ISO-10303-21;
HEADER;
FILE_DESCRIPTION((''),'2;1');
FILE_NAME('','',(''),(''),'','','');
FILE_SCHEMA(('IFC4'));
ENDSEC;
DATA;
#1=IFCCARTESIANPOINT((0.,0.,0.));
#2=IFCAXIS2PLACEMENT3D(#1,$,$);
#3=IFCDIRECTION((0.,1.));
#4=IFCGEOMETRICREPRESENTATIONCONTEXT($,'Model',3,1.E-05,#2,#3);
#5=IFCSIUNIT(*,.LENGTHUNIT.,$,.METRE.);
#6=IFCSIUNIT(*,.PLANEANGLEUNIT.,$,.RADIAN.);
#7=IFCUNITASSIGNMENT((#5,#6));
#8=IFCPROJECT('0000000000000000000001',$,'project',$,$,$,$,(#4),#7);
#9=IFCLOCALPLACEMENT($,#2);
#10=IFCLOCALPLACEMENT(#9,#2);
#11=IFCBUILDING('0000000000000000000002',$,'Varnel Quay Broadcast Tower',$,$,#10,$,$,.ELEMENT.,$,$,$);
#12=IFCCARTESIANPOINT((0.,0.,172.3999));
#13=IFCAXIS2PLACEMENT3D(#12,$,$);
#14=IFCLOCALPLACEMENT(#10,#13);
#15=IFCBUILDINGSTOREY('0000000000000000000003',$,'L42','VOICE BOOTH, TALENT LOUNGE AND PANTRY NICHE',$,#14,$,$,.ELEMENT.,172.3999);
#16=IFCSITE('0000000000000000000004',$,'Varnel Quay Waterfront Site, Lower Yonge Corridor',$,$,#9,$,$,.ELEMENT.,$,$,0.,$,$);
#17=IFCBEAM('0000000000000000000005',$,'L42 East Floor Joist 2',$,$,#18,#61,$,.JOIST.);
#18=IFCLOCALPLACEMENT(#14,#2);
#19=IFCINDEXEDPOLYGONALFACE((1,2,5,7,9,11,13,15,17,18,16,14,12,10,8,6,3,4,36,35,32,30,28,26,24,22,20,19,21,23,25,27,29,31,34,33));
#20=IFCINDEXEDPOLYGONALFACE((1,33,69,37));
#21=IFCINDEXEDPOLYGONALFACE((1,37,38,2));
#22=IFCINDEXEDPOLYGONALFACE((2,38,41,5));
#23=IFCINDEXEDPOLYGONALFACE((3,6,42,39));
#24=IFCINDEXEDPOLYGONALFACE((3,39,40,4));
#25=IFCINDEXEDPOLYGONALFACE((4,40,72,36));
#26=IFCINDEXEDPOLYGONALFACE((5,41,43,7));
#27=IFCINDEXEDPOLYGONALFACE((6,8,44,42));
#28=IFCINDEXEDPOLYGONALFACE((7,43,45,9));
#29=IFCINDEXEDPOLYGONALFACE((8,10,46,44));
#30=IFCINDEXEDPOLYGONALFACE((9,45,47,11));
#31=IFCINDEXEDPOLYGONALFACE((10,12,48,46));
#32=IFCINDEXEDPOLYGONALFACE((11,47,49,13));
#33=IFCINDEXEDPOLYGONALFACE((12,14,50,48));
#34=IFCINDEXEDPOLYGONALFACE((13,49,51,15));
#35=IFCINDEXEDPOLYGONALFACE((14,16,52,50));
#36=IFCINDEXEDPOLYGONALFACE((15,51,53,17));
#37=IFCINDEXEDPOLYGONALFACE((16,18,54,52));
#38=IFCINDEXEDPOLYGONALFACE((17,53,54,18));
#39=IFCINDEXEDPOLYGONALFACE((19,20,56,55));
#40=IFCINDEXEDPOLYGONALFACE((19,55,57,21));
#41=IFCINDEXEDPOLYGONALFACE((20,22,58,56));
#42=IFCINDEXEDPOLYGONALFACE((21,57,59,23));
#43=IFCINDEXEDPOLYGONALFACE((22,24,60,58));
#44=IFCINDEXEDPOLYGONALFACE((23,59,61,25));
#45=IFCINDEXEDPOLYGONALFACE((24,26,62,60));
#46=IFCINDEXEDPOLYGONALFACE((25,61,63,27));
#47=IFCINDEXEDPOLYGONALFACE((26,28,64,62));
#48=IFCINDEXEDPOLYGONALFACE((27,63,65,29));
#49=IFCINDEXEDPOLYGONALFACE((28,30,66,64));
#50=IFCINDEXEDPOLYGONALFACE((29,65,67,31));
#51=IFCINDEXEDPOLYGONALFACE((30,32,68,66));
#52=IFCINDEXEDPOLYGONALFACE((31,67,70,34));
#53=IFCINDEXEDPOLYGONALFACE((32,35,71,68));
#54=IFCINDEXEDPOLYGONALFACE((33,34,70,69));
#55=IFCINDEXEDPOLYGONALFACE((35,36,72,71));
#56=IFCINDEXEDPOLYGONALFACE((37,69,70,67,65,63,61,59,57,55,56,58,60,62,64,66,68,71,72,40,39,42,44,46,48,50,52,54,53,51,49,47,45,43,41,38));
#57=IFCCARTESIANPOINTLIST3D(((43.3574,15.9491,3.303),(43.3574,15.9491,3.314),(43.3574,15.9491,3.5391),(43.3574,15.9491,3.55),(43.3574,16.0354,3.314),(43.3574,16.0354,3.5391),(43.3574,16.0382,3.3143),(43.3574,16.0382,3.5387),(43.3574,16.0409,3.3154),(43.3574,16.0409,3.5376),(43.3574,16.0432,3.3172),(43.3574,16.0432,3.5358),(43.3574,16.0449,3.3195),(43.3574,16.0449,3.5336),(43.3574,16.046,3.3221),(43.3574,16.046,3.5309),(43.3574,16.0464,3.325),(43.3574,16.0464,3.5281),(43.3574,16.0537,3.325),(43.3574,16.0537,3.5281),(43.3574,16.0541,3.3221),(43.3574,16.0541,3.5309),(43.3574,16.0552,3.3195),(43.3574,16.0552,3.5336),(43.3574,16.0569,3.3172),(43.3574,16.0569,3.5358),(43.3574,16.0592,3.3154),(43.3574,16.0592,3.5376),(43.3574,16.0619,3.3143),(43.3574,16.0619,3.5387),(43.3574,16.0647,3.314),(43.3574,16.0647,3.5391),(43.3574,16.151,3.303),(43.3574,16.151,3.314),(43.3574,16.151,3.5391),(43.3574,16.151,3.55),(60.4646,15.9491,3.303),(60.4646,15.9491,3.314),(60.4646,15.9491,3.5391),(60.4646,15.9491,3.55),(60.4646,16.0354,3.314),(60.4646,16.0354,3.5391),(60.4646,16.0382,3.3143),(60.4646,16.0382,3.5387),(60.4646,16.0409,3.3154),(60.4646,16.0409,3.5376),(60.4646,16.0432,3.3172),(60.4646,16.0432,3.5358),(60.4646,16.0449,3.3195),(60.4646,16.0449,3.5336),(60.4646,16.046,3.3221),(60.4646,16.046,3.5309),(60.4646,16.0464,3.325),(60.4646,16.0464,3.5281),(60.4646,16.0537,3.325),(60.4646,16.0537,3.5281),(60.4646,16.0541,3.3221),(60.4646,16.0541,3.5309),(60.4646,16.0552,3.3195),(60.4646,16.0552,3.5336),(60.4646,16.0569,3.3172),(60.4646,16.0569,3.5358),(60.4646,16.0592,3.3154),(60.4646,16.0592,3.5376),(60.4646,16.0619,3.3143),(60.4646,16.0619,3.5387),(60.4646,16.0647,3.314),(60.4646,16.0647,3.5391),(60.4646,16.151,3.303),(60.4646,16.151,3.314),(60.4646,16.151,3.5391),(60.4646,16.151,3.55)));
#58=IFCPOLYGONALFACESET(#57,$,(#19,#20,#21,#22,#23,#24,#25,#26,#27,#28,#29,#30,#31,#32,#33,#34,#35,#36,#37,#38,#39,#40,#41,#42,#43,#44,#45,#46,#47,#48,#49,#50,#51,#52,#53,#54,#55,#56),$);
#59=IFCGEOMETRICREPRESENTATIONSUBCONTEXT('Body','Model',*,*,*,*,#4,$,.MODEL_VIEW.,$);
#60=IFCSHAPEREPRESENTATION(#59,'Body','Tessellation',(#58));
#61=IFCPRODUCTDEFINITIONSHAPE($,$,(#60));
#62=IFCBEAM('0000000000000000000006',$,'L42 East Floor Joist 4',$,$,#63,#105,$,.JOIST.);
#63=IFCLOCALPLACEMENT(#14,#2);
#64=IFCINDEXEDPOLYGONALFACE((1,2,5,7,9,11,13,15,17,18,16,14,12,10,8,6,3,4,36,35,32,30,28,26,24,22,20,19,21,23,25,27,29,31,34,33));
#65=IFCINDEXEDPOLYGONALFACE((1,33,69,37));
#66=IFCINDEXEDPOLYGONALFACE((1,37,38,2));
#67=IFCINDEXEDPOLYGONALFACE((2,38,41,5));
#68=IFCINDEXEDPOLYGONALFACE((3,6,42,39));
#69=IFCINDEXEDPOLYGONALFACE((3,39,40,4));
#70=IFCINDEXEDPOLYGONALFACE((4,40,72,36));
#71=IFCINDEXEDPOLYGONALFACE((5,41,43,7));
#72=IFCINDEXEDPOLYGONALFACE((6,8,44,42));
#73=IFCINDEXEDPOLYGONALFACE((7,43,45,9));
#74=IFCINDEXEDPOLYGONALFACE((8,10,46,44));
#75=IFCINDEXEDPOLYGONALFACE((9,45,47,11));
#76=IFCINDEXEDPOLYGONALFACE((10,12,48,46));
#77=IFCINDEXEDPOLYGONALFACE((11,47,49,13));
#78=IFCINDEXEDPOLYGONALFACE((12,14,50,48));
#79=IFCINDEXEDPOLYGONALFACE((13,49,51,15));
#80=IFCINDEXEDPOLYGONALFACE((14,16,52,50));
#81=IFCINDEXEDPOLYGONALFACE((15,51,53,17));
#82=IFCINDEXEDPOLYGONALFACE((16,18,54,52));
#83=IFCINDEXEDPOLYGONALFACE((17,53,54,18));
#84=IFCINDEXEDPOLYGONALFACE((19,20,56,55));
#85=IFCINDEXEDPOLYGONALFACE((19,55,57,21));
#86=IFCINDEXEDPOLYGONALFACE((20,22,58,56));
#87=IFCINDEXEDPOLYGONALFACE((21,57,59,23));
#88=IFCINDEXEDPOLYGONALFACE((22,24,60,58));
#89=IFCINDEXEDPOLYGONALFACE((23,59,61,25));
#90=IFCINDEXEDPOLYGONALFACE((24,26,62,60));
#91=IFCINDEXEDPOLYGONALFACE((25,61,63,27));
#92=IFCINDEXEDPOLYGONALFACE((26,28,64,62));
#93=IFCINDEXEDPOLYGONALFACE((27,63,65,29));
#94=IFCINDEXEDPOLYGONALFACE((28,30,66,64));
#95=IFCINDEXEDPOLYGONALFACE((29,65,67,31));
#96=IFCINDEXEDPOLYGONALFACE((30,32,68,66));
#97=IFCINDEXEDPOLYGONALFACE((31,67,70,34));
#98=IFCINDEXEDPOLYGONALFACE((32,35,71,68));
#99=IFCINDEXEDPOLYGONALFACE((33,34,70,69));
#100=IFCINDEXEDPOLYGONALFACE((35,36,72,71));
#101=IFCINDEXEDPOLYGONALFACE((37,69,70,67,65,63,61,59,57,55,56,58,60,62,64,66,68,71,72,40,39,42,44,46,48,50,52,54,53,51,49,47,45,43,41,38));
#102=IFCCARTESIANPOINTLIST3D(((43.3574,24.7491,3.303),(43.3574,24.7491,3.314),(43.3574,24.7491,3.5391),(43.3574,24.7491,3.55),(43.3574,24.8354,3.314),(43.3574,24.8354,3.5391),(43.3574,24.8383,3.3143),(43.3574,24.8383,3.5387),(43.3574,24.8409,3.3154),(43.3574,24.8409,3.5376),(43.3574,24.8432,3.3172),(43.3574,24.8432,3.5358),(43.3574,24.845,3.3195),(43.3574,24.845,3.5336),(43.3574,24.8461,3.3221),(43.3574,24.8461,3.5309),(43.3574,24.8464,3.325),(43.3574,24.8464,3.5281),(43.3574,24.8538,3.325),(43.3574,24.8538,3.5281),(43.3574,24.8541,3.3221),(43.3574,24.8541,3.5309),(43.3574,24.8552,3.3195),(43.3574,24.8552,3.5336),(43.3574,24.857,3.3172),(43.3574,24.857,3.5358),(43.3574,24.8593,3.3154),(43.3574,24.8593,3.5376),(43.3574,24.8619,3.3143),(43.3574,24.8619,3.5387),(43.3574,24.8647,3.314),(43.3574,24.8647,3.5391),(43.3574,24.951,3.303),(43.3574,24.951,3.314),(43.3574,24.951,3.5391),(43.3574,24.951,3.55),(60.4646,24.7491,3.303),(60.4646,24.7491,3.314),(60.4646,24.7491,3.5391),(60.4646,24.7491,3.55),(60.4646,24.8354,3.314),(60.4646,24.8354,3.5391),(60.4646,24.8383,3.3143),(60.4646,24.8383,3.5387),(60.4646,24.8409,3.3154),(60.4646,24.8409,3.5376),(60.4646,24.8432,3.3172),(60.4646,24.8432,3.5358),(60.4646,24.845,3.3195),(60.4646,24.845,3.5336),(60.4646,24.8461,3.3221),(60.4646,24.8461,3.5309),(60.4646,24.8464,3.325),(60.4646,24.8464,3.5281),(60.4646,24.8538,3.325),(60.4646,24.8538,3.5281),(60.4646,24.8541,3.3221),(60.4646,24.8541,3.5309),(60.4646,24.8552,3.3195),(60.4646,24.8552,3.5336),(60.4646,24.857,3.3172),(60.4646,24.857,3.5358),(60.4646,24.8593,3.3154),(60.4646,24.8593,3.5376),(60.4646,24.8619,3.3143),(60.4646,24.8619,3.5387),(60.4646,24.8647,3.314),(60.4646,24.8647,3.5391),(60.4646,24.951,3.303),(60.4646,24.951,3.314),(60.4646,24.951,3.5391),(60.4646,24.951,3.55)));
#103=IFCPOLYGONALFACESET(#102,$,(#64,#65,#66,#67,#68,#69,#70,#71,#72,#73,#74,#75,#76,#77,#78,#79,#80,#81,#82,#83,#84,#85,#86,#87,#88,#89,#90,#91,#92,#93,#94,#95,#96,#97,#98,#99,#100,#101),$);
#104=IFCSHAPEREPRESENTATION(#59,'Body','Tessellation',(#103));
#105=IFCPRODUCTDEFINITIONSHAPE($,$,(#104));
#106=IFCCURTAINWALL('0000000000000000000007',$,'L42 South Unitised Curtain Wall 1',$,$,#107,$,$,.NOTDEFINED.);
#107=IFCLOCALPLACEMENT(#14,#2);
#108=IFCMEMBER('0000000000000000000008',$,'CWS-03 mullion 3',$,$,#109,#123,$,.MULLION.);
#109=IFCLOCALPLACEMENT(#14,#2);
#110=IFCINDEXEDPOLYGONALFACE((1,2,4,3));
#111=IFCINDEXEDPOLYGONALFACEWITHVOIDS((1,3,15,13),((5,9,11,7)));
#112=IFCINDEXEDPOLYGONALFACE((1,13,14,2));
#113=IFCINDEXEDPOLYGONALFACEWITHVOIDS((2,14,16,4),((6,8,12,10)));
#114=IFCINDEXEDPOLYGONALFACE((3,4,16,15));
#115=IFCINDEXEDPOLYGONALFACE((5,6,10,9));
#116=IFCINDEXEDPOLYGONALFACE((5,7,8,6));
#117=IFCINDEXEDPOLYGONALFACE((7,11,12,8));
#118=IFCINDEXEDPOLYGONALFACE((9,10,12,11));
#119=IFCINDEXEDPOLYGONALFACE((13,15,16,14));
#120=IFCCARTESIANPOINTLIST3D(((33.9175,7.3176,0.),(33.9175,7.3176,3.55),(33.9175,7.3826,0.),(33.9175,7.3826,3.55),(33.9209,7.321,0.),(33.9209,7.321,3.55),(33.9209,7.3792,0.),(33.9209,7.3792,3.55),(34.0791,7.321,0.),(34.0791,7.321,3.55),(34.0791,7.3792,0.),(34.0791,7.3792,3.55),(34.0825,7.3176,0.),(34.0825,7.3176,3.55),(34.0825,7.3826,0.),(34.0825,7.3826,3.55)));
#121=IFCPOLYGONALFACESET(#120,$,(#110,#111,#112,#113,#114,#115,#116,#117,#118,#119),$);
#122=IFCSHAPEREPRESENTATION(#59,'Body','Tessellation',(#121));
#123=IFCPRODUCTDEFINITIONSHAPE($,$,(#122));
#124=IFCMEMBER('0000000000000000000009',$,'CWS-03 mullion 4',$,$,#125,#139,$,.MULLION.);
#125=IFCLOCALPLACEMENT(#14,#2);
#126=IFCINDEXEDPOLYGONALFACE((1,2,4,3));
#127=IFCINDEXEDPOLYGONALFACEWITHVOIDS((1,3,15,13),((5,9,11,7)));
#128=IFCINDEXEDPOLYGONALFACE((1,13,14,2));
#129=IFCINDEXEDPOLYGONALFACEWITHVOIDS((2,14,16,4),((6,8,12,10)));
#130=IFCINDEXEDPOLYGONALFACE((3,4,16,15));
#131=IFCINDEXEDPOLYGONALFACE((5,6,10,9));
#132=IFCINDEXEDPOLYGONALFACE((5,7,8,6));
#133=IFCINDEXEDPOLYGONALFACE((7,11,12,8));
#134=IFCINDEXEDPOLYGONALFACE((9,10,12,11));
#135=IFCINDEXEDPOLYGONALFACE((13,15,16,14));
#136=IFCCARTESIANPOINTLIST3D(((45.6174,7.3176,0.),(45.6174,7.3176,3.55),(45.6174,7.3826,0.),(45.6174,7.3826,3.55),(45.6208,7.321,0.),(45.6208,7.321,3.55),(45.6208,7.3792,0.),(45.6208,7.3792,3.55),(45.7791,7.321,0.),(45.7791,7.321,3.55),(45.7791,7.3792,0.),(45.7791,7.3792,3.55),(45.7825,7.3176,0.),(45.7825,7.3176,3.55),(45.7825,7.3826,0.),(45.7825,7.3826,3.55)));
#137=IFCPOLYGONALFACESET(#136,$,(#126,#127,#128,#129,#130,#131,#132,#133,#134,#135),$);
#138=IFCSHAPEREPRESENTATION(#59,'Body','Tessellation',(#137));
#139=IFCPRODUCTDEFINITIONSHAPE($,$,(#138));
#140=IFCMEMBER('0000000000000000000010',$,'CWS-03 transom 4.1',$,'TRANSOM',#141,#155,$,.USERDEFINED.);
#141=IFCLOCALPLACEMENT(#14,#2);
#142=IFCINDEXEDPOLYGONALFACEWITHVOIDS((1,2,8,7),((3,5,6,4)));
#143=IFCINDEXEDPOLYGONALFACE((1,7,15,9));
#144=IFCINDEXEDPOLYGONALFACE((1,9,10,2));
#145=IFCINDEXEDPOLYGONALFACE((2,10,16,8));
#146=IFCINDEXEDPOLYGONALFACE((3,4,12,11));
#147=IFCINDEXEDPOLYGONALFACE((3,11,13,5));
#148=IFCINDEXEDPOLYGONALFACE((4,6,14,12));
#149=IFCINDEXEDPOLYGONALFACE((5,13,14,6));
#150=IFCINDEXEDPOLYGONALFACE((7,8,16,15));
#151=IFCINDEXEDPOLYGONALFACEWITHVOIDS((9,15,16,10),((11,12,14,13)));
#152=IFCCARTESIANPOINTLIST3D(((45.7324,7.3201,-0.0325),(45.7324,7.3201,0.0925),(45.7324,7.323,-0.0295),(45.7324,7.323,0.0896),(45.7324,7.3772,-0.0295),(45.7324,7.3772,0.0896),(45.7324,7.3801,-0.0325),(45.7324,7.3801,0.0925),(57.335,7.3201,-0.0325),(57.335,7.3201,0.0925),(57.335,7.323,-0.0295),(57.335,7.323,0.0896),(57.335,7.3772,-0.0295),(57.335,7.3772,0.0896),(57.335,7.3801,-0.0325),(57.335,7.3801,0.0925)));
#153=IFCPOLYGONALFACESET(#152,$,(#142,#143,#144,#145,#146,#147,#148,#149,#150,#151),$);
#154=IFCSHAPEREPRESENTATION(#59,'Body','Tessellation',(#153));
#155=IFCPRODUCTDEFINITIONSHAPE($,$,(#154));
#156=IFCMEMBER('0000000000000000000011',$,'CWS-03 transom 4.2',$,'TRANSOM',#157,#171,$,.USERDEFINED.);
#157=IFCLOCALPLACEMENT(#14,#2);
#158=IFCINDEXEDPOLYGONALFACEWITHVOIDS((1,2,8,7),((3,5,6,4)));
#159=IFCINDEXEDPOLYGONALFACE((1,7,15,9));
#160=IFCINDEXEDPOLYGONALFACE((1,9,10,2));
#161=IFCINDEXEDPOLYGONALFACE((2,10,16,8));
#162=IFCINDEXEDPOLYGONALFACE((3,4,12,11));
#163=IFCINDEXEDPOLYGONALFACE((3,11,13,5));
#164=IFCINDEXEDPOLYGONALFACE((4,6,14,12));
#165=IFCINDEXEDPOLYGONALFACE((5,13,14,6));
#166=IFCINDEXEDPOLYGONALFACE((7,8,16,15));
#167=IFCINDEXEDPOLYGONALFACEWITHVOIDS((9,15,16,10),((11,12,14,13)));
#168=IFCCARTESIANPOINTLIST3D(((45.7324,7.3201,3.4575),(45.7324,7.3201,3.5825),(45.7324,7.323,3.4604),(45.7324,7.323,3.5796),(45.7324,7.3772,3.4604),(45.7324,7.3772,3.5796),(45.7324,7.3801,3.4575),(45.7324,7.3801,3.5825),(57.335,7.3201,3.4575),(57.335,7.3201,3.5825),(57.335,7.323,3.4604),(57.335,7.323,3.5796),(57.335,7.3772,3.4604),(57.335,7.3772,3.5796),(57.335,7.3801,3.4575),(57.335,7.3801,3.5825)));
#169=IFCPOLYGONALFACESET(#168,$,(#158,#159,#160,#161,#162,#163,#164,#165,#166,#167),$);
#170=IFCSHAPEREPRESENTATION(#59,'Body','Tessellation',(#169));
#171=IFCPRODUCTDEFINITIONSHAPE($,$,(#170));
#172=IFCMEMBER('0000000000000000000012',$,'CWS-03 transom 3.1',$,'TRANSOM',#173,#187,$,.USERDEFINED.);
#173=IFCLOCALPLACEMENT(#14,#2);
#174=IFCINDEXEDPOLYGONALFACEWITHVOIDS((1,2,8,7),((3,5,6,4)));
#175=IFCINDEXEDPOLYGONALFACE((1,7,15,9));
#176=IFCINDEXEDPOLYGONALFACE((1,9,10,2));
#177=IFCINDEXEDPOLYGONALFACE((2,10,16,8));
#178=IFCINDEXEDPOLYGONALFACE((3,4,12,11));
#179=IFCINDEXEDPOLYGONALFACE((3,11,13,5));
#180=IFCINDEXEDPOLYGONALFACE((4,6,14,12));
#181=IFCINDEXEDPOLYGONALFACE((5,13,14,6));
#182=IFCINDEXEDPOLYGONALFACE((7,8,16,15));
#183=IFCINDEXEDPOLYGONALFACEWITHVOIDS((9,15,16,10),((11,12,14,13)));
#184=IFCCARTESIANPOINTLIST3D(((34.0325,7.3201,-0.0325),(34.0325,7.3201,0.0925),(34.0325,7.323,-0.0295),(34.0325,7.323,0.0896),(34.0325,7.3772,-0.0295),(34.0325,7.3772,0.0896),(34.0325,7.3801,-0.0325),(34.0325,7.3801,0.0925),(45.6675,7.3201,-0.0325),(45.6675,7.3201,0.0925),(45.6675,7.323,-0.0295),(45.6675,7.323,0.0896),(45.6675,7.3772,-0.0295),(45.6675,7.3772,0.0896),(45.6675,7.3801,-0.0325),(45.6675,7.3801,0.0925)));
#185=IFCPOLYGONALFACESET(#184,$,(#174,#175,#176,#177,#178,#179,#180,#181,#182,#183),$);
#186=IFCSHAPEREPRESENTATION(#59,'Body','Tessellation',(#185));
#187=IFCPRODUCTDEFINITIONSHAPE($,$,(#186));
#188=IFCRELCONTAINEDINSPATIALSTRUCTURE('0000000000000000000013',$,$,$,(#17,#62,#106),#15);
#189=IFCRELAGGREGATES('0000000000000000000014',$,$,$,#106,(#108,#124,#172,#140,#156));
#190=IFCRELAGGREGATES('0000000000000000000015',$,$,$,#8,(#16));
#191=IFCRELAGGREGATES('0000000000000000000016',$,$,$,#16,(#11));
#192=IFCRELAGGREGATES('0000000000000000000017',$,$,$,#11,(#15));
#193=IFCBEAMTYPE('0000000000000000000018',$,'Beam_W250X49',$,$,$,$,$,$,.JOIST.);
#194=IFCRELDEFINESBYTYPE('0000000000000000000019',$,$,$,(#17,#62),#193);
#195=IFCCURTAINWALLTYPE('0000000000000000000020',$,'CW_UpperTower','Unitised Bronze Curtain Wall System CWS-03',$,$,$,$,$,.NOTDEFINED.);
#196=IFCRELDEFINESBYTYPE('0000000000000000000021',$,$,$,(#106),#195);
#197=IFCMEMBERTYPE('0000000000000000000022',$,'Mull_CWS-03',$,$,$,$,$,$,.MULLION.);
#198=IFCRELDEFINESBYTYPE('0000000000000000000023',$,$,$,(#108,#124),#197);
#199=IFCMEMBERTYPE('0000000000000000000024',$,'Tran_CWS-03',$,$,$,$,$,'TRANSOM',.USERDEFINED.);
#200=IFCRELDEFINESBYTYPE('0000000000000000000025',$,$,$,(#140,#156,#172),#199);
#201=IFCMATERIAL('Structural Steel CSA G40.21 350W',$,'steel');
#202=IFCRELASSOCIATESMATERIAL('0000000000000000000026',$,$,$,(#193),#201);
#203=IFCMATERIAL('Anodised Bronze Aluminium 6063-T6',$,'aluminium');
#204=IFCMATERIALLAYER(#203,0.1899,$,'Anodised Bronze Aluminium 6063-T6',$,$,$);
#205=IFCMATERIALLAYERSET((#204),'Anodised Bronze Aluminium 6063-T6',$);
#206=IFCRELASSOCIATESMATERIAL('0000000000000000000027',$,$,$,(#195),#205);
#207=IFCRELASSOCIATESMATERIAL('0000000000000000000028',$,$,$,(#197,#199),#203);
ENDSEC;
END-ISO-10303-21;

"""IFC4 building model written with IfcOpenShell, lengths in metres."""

from ifc_helpers import new_model, si_unit, direction, frame, origin, origin_2d, place, context, subcontext, project, spatial, hollow_rectangle, i_section, extrude, source, transform, mapped, material, layer, layer_set, material_profile, profile_set, type_object, type_shapes, element, aggregate, save


model = new_model("IFC4")

# Units and contexts
model_context = context("Model", 3, precision=1e-05, world=origin(), true_north=direction((0.0, 1.0)))
body_context = subcontext(model_context, "Body", "Model", "MODEL_VIEW")
ifc_project = project(units=[si_unit("LENGTHUNIT", "METRE"), si_unit("PLANEANGLEUNIT", "RADIAN")], contexts=[model_context])

# Site, building, storey
site_placement = place(None, origin())
site = spatial("IfcSite", under=ifc_project, at=site_placement, Name="Varnel Quay Waterfront Site, Lower Yonge Corridor", CompositionType="ELEMENT", RefElevation=0.0)
building_placement = place(site_placement, origin())
building = spatial("IfcBuilding", under=site, at=building_placement, Name="Varnel Quay Broadcast Tower", CompositionType="ELEMENT")
storey_placement = place(building_placement, frame((0.0, 0.0, 172.3999)))
storey = spatial("IfcBuildingStorey", under=building, at=storey_placement, Name="L42", Description="VOICE BOOTH, TALENT LOUNGE AND PANTRY NICHE", CompositionType="ELEMENT", Elevation=172.3999)

# Shared definitions
ifc_material_1 = material(Name="Structural Steel CSA G40.21 350W", Category="steel")

# Beams
ifc_material_profile_1 = material_profile(ifc_material_1, i_section(OverallWidth=0.2019, OverallDepth=0.2471, WebThickness=0.0073, FlangeThickness=0.011, FilletRadius=0.011, at=origin_2d()), Name="W250X49")
ifc_profile_set_1 = profile_set([ifc_material_profile_1], Name="Structural Steel CSA G40.21 350W")
beam_type_1 = type_object("IfcBeamType", Name="Beam_W250X49", PredefinedType="JOIST", material=ifc_profile_set_1)
shared_shape_1 = source(origin(), body_context, "Body", "SweptSolid", [
    extrude(i_section(OverallWidth=0.2019, OverallDepth=0.2471, WebThickness=0.0073, FlangeThickness=0.011, FilletRadius=0.011, at=origin_2d()), origin(), (0.0, 0.0, 1.0), 17.1072),
])
type_shapes(beam_type_1, [shared_shape_1])
for number, where, z_axis, x_axis, name in (
    (1, (43.3574, 16.05, 3.4265), (1.0, 0.0, 0.0), (0.0, 1.0, 0.0), "L42 East Floor Joist 2"),
    (2, (43.3574, 24.8501, 3.4265), (1.0, 0.0, 0.0), (0.0, 1.0, 0.0), "L42 East Floor Joist 4"),
):
    element("IfcBeam", number, at=place(storey_placement, frame(where, z_axis=z_axis, x_axis=x_axis)), inside=storey, type_object=beam_type_1, Name=name, PredefinedType="JOIST", context=body_context, shape_type="MappedRepresentation", body=[
        mapped(shared_shape_1, transform((0.0, 0.0, 0.0), x_axis=(1.0, 0.0, 0.0), y_axis=(0.0, 1.0, 0.0), z_axis=(0.0, 0.0, 1.0), scale=1.0)),
    ])

# Curtain wall, members
ifc_material_2 = material(Name="Anodised Bronze Aluminium 6063-T6", Category="aluminium")
ifc_layer_1 = layer(ifc_material_2, 0.1899, Name="Anodised Bronze Aluminium 6063-T6")
ifc_layer_set_1 = layer_set([ifc_layer_1], Name="Anodised Bronze Aluminium 6063-T6")
curtain_wall_type = type_object("IfcCurtainWallType", Name="CW_UpperTower", Description="Unitised Bronze Curtain Wall System CWS-03", PredefinedType="NOTDEFINED", material=ifc_layer_set_1)
curtain_wall_placement = place(storey_placement, origin())
curtain_wall = element("IfcCurtainWall", 3, at=curtain_wall_placement, inside=storey, type_object=curtain_wall_type, Name="L42 South Unitised Curtain Wall 1", PredefinedType="NOTDEFINED")
ifc_material_profile_2 = material_profile(ifc_material_2, hollow_rectangle(XDim=0.0649, YDim=0.165, WallThickness=0.0034, at=origin_2d()), Name="ALU65X165X3.5")
ifc_profile_set_2 = profile_set([ifc_material_profile_2], Name="Anodised Bronze Aluminium 6063-T6")
member_type_1 = type_object("IfcMemberType", Name="Mull_CWS-03", PredefinedType="MULLION", material=ifc_profile_set_2)
shared_shape_2 = source(origin(), body_context, "Body", "SweptSolid", [
    extrude(hollow_rectangle(XDim=0.0649, YDim=0.165, WallThickness=0.0034, at=origin_2d()), origin(), (0.0, 0.0, 1.0), 3.55),
])
type_shapes(member_type_1, [shared_shape_2])
member_1_placement = place(storey_placement, frame((34.0, 7.3501, 0.0), z_axis=(0.0, 0.0, 1.0), x_axis=(0.0, 1.0, 0.0)))
member_1 = element("IfcMember", 4, at=member_1_placement, type_object=member_type_1, Name="CWS-03 mullion 3", PredefinedType="MULLION", context=body_context, shape_type="MappedRepresentation", body=[
    mapped(shared_shape_2, transform((0.0, 0.0, 0.0), x_axis=(1.0, 0.0, 0.0), y_axis=(0.0, 1.0, 0.0), z_axis=(0.0, 0.0, 1.0), scale=1.0)),
])
member_2_placement = place(storey_placement, frame((45.7, 7.3501, 0.0), z_axis=(0.0, 0.0, 1.0), x_axis=(0.0, 1.0, 0.0)))
member_2 = element("IfcMember", 5, at=member_2_placement, type_object=member_type_1, Name="CWS-03 mullion 4", PredefinedType="MULLION", context=body_context, shape_type="MappedRepresentation", body=[
    mapped(shared_shape_2, transform((0.0, 0.0, 0.0), x_axis=(1.0, 0.0, 0.0), y_axis=(0.0, 1.0, 0.0), z_axis=(0.0, 0.0, 1.0), scale=1.0)),
])
ifc_material_profile_3 = material_profile(ifc_material_2, hollow_rectangle(XDim=0.0601, YDim=0.125, WallThickness=0.0029, at=origin_2d()), Name="ALU60X125X3")
ifc_profile_set_3 = profile_set([ifc_material_profile_3], Name="Anodised Bronze Aluminium 6063-T6")
member_type_2 = type_object("IfcMemberType", Name="Tran_CWS-03", ElementType="TRANSOM", PredefinedType="USERDEFINED", material=ifc_profile_set_3)
shared_shape_3 = source(origin(), body_context, "Body", "SweptSolid", [
    extrude(hollow_rectangle(XDim=0.0601, YDim=0.125, WallThickness=0.0029, at=origin_2d()), origin(), (0.0, 0.0, 1.0), 11.6025),
])
member_3_placement = place(storey_placement, frame((45.7324, 7.3501, 0.03), z_axis=(1.0, 0.0, 0.0), x_axis=(0.0, 1.0, 0.0)))
member_3 = element("IfcMember", 6, at=member_3_placement, type_object=member_type_2, Name="CWS-03 transom 4.1", ObjectType="TRANSOM", PredefinedType="USERDEFINED", context=body_context, shape_type="MappedRepresentation", body=[
    mapped(shared_shape_3, transform((0.0, 0.0, 0.0), x_axis=(1.0, 0.0, 0.0), y_axis=(0.0, 1.0, 0.0), z_axis=(0.0, 0.0, 1.0), scale=1.0)),
])
member_4_placement = place(storey_placement, frame((45.7324, 7.3501, 3.52), z_axis=(1.0, 0.0, 0.0), x_axis=(0.0, 1.0, 0.0)))
member_4 = element("IfcMember", 7, at=member_4_placement, type_object=member_type_2, Name="CWS-03 transom 4.2", ObjectType="TRANSOM", PredefinedType="USERDEFINED", context=body_context, shape_type="MappedRepresentation", body=[
    mapped(shared_shape_3, transform((0.0, 0.0, 0.0), x_axis=(1.0, 0.0, 0.0), y_axis=(0.0, 1.0, 0.0), z_axis=(0.0, 0.0, 1.0), scale=1.0)),
])
shared_shape_4 = source(origin(), body_context, "Body", "SweptSolid", [
    extrude(hollow_rectangle(XDim=0.0601, YDim=0.125, WallThickness=0.0029, at=origin_2d()), origin(), (0.0, 0.0, 1.0), 11.635),
])
type_shapes(member_type_2, [shared_shape_3, shared_shape_4])
member_5_placement = place(storey_placement, frame((34.0325, 7.3501, 0.03), z_axis=(1.0, 0.0, 0.0), x_axis=(0.0, 1.0, 0.0)))
member_5 = element("IfcMember", 8, at=member_5_placement, type_object=member_type_2, Name="CWS-03 transom 3.1", ObjectType="TRANSOM", PredefinedType="USERDEFINED", context=body_context, shape_type="MappedRepresentation", body=[
    mapped(shared_shape_4, transform((0.0, 0.0, 0.0), x_axis=(1.0, 0.0, 0.0), y_axis=(0.0, 1.0, 0.0), z_axis=(0.0, 0.0, 1.0), scale=1.0)),
])

aggregate(curtain_wall, [member_1, member_2, member_5, member_3, member_4])

save(model, "model.ifc")
